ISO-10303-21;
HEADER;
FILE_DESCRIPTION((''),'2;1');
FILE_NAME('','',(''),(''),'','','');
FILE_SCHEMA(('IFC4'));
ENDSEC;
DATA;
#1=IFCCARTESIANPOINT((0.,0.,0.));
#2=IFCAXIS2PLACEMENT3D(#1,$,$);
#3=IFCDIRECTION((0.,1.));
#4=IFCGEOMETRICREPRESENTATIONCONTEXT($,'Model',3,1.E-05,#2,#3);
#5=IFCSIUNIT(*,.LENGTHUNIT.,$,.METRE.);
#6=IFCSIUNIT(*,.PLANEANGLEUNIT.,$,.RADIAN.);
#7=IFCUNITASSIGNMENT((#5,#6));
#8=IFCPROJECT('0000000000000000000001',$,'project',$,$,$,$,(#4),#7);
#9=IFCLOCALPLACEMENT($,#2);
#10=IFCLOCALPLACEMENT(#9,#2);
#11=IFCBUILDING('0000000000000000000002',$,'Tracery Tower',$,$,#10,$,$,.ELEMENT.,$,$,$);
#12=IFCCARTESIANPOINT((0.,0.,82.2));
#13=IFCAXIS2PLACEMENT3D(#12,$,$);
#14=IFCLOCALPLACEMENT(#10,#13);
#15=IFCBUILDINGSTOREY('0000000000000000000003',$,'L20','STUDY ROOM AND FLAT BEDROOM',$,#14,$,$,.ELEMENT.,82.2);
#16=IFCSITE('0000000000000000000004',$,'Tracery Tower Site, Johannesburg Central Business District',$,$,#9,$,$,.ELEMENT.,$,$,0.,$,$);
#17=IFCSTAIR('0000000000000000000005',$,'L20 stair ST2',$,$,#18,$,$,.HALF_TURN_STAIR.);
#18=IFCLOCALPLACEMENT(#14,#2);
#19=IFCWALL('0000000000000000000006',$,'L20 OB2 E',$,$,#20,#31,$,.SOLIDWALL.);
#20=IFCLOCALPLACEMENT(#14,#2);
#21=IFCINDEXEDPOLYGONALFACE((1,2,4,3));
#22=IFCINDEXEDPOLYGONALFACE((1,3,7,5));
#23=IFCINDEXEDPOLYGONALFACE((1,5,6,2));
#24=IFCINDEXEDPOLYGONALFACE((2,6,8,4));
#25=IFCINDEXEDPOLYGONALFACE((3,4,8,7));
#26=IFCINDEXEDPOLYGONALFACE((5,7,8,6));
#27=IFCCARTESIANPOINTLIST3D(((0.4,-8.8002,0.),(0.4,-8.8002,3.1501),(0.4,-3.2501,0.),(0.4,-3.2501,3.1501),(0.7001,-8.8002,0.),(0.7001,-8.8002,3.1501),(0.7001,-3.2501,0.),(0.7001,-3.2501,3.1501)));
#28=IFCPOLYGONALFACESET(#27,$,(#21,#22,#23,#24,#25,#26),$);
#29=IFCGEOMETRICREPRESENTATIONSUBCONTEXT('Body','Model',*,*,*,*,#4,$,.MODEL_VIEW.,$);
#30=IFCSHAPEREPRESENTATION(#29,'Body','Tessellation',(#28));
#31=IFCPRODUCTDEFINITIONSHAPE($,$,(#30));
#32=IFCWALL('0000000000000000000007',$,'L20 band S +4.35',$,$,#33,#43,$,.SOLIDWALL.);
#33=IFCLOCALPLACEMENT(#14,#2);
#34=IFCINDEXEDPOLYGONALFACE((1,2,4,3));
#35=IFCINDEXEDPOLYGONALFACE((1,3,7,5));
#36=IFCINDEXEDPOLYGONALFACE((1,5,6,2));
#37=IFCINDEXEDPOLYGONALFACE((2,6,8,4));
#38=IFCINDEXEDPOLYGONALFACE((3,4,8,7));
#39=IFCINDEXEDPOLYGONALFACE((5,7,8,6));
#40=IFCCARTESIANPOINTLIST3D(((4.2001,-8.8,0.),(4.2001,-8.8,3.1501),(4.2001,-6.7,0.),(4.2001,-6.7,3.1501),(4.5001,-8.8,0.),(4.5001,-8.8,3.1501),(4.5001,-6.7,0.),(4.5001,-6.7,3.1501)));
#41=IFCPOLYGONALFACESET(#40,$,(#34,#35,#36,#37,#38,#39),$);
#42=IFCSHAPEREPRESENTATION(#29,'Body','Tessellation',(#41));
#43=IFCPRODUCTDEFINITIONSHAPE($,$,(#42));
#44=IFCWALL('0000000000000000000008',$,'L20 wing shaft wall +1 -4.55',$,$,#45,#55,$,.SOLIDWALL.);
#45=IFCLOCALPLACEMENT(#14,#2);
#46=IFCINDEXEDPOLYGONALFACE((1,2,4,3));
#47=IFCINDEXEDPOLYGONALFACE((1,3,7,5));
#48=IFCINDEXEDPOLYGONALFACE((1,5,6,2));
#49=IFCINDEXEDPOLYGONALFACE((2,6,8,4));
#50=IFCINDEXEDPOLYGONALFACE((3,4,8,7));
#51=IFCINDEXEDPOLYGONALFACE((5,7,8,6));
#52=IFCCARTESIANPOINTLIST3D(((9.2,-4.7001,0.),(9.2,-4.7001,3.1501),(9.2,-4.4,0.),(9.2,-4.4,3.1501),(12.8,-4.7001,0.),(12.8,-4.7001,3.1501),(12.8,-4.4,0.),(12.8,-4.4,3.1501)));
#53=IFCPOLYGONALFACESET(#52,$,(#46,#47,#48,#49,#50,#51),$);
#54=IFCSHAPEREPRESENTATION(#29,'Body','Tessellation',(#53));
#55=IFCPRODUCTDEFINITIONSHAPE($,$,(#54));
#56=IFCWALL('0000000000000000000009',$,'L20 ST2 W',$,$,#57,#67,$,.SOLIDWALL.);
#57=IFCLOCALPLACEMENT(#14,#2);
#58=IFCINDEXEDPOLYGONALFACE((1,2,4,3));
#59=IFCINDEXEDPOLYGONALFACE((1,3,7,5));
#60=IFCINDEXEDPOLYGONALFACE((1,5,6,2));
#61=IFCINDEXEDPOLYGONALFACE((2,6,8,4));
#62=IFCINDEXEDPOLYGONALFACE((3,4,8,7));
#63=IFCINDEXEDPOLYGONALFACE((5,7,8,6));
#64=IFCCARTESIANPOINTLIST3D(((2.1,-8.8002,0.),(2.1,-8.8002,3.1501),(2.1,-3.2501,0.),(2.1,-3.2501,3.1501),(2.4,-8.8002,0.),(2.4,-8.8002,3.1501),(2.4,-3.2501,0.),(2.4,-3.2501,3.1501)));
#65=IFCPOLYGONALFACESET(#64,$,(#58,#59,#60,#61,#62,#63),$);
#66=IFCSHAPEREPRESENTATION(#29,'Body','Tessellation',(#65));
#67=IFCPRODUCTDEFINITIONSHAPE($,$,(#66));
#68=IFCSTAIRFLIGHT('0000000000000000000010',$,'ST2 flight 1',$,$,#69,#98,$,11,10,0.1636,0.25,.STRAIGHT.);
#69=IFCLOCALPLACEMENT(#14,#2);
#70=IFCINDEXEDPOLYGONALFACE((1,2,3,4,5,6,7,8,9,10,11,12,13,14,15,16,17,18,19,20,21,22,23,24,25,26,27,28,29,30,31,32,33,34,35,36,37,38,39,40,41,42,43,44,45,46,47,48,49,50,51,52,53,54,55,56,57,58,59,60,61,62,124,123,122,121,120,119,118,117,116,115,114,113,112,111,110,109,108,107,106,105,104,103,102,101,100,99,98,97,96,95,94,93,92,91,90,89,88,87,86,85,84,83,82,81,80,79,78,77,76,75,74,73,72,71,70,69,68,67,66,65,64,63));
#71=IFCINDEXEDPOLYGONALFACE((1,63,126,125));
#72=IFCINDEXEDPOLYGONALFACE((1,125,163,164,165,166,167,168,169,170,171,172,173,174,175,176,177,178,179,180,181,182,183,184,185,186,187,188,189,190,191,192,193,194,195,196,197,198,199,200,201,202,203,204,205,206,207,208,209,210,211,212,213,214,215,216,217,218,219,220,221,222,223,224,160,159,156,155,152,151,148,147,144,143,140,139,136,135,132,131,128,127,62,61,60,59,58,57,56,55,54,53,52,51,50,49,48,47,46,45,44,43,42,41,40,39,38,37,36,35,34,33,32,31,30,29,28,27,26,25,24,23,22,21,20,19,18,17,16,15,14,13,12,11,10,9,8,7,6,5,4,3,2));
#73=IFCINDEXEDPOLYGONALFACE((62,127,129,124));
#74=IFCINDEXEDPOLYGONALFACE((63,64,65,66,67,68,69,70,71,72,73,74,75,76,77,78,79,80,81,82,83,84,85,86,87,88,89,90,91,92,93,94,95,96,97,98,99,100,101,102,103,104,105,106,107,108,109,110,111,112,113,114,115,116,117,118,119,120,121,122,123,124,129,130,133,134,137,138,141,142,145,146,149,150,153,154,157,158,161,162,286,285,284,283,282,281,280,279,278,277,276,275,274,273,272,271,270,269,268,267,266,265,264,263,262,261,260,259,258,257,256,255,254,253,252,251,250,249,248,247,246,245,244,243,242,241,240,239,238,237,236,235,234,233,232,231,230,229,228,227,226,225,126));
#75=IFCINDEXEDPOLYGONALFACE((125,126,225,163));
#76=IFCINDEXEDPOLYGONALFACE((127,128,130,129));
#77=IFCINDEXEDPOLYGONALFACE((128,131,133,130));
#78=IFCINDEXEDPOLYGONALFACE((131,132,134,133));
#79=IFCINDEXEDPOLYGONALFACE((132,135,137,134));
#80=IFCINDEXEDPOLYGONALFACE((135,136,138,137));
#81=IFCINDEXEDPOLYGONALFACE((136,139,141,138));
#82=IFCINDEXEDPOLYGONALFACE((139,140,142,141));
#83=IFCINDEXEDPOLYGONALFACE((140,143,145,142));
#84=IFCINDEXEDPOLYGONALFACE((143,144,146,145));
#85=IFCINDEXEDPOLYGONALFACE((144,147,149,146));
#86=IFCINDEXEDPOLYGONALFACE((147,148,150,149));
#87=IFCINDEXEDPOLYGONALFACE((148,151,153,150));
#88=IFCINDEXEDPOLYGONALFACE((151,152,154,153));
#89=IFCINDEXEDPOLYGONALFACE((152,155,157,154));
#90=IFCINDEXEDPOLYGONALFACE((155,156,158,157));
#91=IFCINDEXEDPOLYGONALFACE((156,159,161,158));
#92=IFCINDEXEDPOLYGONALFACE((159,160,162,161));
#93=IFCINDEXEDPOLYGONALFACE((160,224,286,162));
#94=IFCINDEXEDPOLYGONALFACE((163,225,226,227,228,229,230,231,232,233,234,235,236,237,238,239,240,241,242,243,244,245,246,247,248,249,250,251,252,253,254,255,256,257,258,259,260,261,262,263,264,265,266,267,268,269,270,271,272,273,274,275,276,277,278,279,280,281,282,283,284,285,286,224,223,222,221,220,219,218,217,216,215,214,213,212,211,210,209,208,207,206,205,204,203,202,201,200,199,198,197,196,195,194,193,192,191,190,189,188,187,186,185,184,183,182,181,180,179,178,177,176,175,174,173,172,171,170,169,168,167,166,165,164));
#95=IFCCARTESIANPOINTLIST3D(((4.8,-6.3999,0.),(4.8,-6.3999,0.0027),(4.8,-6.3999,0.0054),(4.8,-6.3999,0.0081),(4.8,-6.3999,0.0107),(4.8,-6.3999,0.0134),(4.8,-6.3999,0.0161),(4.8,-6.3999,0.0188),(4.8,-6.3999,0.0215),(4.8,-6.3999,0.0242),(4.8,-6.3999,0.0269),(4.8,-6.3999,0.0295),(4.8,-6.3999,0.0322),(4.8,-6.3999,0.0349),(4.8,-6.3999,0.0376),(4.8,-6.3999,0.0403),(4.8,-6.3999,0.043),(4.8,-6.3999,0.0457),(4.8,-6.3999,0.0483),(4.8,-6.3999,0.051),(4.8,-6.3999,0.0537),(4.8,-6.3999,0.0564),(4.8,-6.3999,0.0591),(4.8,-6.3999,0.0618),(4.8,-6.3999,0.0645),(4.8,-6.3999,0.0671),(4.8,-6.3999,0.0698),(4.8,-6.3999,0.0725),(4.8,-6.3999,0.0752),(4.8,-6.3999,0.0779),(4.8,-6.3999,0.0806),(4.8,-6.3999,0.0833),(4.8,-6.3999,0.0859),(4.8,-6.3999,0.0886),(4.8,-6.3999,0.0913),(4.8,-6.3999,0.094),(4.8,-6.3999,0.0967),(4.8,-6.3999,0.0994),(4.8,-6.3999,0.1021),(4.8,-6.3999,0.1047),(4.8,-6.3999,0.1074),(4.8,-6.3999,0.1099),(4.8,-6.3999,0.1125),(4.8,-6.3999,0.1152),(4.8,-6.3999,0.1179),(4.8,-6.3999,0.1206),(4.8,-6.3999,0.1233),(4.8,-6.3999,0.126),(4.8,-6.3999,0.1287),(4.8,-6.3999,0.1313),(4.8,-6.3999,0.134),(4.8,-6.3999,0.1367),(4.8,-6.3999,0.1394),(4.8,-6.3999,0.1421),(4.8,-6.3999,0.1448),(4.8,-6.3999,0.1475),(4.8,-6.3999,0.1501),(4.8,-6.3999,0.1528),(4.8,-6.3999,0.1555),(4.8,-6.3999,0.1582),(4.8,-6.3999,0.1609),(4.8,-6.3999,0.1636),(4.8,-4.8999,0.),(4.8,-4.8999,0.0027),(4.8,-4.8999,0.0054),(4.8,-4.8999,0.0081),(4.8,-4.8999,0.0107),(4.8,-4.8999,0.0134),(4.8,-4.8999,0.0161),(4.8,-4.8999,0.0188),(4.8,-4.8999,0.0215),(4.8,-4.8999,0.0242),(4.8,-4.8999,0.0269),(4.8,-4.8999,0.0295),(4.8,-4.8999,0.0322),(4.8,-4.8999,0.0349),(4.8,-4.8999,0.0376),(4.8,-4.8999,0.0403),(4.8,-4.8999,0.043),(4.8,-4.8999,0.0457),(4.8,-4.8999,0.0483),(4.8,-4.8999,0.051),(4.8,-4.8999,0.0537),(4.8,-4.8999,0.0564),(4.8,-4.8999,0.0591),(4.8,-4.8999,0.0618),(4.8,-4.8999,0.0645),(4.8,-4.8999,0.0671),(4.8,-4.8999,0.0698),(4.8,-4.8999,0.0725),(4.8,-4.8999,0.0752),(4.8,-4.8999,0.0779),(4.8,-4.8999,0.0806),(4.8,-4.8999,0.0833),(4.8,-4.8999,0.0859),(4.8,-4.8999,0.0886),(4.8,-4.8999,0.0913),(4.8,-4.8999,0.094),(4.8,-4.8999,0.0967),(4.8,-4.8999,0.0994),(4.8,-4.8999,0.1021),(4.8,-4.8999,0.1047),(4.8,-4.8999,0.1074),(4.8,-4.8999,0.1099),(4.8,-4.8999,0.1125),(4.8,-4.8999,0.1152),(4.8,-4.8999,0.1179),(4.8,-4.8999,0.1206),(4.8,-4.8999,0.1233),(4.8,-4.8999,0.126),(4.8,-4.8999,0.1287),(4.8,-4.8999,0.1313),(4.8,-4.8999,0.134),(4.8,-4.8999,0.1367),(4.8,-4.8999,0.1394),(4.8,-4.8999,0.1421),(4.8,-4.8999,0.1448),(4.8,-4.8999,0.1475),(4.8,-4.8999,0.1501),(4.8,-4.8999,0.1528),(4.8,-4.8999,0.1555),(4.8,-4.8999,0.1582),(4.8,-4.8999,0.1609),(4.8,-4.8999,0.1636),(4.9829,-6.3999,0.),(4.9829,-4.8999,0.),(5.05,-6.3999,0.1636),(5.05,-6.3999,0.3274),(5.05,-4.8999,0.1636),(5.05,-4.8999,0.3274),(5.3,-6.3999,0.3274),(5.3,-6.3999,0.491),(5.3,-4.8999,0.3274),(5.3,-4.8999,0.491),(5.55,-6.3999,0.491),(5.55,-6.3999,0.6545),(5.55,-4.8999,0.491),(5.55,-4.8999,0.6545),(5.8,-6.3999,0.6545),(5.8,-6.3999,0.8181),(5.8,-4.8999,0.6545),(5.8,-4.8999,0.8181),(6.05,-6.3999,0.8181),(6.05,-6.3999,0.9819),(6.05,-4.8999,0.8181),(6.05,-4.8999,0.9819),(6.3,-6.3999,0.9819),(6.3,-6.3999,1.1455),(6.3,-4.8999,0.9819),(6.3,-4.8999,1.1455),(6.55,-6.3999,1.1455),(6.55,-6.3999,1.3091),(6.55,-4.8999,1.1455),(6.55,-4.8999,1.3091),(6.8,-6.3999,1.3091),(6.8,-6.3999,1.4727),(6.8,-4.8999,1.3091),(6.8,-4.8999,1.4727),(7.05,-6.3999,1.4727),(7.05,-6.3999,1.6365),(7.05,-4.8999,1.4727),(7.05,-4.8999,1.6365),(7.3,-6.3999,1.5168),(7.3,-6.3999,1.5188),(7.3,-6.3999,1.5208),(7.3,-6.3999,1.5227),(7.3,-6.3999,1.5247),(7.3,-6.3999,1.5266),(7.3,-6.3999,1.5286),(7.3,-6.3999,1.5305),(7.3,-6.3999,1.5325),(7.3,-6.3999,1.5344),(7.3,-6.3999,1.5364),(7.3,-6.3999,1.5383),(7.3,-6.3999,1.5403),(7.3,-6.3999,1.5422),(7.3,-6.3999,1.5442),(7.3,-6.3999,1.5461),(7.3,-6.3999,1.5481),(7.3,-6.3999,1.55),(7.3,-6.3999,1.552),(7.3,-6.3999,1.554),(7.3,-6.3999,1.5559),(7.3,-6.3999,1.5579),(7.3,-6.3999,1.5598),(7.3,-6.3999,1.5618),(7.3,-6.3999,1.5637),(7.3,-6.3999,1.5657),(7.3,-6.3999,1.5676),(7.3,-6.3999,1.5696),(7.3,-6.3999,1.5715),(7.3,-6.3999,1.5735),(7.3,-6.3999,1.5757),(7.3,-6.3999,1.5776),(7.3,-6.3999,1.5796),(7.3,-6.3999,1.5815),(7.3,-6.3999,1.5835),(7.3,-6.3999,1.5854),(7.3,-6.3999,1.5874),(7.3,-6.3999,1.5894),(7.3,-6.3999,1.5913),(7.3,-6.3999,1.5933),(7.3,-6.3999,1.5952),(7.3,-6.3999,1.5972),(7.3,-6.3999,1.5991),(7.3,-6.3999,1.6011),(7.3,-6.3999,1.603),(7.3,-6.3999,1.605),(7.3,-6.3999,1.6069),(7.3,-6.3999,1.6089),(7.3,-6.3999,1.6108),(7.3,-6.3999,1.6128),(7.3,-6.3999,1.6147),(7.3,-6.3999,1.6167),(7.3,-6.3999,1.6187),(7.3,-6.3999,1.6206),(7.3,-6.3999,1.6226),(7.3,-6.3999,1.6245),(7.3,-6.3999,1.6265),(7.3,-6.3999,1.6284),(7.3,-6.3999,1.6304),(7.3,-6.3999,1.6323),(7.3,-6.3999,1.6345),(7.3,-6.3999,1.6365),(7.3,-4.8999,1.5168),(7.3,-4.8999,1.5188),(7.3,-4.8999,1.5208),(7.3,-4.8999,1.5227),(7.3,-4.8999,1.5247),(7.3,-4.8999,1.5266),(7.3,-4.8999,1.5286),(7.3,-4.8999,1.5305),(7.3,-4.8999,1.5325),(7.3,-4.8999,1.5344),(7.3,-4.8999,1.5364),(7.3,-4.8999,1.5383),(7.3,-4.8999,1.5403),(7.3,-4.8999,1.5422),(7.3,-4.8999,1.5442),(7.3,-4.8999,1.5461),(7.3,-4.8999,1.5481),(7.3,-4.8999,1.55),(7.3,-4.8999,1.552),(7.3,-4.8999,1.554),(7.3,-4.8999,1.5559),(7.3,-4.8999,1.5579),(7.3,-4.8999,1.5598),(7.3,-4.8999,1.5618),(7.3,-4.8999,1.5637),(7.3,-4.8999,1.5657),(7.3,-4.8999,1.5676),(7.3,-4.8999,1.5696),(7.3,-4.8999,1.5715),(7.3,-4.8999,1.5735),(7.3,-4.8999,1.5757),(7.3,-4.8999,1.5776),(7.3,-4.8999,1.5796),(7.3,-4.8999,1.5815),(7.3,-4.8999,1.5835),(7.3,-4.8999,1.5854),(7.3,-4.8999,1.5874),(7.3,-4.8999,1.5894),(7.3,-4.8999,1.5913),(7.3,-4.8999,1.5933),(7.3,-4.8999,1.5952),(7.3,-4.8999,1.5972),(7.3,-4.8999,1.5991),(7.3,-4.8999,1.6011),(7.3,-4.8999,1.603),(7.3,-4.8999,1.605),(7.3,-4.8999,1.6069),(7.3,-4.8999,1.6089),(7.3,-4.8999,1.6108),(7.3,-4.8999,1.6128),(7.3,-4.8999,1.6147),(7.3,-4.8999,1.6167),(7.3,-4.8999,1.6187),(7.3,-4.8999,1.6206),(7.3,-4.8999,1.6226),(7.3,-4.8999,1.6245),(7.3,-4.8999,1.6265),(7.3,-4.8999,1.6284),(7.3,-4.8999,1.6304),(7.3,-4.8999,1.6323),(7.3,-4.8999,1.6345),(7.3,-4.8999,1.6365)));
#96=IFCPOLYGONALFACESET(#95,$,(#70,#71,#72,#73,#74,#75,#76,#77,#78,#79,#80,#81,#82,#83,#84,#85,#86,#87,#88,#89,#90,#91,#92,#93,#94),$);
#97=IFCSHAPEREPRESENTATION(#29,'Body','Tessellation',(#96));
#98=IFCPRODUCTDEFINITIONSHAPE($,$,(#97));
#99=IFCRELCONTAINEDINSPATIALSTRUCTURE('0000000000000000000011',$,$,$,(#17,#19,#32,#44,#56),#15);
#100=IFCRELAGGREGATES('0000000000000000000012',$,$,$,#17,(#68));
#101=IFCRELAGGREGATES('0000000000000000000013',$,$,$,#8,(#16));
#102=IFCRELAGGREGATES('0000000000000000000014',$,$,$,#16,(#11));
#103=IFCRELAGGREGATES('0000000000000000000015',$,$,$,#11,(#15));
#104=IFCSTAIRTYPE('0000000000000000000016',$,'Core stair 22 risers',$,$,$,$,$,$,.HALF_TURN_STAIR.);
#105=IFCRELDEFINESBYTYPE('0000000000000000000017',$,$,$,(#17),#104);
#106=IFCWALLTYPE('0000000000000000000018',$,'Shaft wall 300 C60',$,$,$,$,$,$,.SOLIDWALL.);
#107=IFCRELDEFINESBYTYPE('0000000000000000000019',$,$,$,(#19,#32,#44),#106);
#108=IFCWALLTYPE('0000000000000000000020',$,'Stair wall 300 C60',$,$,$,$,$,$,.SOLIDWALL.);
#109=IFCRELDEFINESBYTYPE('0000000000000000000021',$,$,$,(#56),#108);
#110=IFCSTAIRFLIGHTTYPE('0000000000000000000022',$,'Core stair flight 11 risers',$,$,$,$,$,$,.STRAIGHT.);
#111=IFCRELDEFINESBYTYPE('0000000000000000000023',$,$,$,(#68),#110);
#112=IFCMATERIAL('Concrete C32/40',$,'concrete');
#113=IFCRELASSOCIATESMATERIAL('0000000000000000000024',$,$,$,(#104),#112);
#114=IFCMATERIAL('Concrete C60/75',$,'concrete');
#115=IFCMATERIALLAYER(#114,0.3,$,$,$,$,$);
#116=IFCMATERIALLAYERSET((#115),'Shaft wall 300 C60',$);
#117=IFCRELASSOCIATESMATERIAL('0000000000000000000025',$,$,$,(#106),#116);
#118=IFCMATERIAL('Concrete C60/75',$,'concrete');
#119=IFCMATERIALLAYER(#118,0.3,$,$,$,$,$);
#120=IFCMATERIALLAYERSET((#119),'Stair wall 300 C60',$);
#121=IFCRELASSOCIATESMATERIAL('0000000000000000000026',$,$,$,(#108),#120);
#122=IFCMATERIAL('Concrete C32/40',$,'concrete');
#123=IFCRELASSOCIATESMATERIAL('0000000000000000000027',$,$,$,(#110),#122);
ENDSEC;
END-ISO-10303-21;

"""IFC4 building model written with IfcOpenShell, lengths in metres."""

from ifc_helpers import new_model, si_unit, direction, frame, frame_2d, origin, place, context, subcontext, project, spatial, polyline, rectangle, outline, extrude, material, layer, layer_set, type_object, element, aggregate, save


model = new_model("IFC4")

# Units and contexts
model_context = context("Model", 3, precision=1e-05, world=origin(), true_north=direction((0.0, 1.0)))
body_context = subcontext(model_context, "Body", "Model", "MODEL_VIEW")
ifc_project = project(units=[si_unit("LENGTHUNIT", "METRE"), si_unit("PLANEANGLEUNIT", "RADIAN")], contexts=[model_context])

# Site, building, storey
site_placement = place(None, origin())
site = spatial("IfcSite", under=ifc_project, at=site_placement, Name="Tracery Tower Site, Johannesburg Central Business District", CompositionType="ELEMENT", RefElevation=0.0)
building_placement = place(site_placement, origin())
building = spatial("IfcBuilding", under=site, at=building_placement, Name="Tracery Tower", CompositionType="ELEMENT")
storey_placement = place(building_placement, frame((0.0, 0.0, 82.2)))
storey = spatial("IfcBuildingStorey", under=building, at=storey_placement, Name="L20", Description="STUDY ROOM AND FLAT BEDROOM", CompositionType="ELEMENT", Elevation=82.2)

# Stair
ifc_material_1 = material(Name="Concrete C32/40", Category="concrete")
stair_type = type_object("IfcStairType", Name="Core stair 22 risers", PredefinedType="HALF_TURN_STAIR", material=ifc_material_1)
stair_1_placement = place(storey_placement, origin())
stair_1 = element("IfcStair", 1, at=stair_1_placement, inside=storey, type_object=stair_type, Name="L20 stair ST2", PredefinedType="HALF_TURN_STAIR")

# Walls
ifc_material_2 = material(Name="Concrete C60/75", Category="concrete")
ifc_layer_1 = layer(ifc_material_2, 0.3)
ifc_layer_set_1 = layer_set([ifc_layer_1], Name="Shaft wall 300 C60")
wall_type_1 = type_object("IfcWallType", Name="Shaft wall 300 C60", PredefinedType="SOLIDWALL", material=ifc_layer_set_1)
wall_1_placement = place(storey_placement, frame((0.55, -8.8, 0.0), z_axis=(0.0, 0.0, 1.0), x_axis=(0.0, 1.0, 0.0)))
element("IfcWall", 2, at=wall_1_placement, inside=storey, type_object=wall_type_1, Name="L20 OB2 E", PredefinedType="SOLIDWALL", context=body_context, shape_type="SweptSolid", body=[
    extrude(rectangle(XDim=5.55, YDim=0.3, at=frame_2d((2.7749, 0.0))), origin(), (0.0, 0.0, 1.0), 3.1501),
])
wall_2_placement = place(storey_placement, frame((4.3501, -8.8, 0.0), z_axis=(0.0, 0.0, 1.0), x_axis=(0.0, 1.0, 0.0)))
element("IfcWall", 3, at=wall_2_placement, inside=storey, type_object=wall_type_1, Name="L20 band S +4.35", PredefinedType="SOLIDWALL", context=body_context, shape_type="SweptSolid", body=[
    extrude(rectangle(XDim=2.1001, YDim=0.3, at=frame_2d((1.05, 0.0))), origin(), (0.0, 0.0, 1.0), 3.1501),
])
wall_3_placement = place(storey_placement, frame((9.2, -4.55, 0.0), z_axis=(0.0, 0.0, 1.0), x_axis=(1.0, 0.0, 0.0)))
element("IfcWall", 4, at=wall_3_placement, inside=storey, type_object=wall_type_1, Name="L20 wing shaft wall +1 -4.55", PredefinedType="SOLIDWALL", context=body_context, shape_type="SweptSolid", body=[
    extrude(rectangle(XDim=3.6001, YDim=0.3, at=frame_2d((1.8, 0.0))), origin(), (0.0, 0.0, 1.0), 3.1501),
])

# Shared definitions
ifc_material_3 = material(Name="Concrete C60/75", Category="concrete")
ifc_layer_2 = layer(ifc_material_3, 0.3)
ifc_layer_set_2 = layer_set([ifc_layer_2], Name="Stair wall 300 C60")
wall_type_2 = type_object("IfcWallType", Name="Stair wall 300 C60", PredefinedType="SOLIDWALL", material=ifc_layer_set_2)

# Wall
wall_4_placement = place(storey_placement, frame((2.25, -8.8, 0.0), z_axis=(0.0, 0.0, 1.0), x_axis=(0.0, 1.0, 0.0)))
element("IfcWall", 5, at=wall_4_placement, inside=storey, type_object=wall_type_2, Name="L20 ST2 W", PredefinedType="SOLIDWALL", context=body_context, shape_type="SweptSolid", body=[
    extrude(rectangle(XDim=5.55, YDim=0.3, at=frame_2d((2.7749, 0.0))), origin(), (0.0, 0.0, 1.0), 3.1501),
])

# Stair flight
ifc_material_4 = material(Name="Concrete C32/40", Category="concrete")
stair_flight_type = type_object("IfcStairFlightType", Name="Core stair flight 11 risers", PredefinedType="STRAIGHT", material=ifc_material_4)
stair_flight_1_placement = place(storey_placement, frame((4.8, -5.6499, 0.0), z_axis=(0.0, 0.0, 1.0), x_axis=(1.0, 0.0, 0.0)))
stair_flight_1 = element("IfcStairFlight", 6, at=stair_flight_1_placement, type_object=stair_flight_type, Name="ST2 flight 1", NumberOfRisers=11, NumberOfTreads=10, PredefinedType="STRAIGHT", RiserHeight=0.1636, TreadLength=0.25, context=body_context, shape_type="SweptSolid", body=[
    extrude(outline(polyline([(0.0, 0.0), (0.0, 0.0027), (0.0, 0.0054), (0.0, 0.0081), (0.0, 0.0107), (0.0, 0.0134), (0.0, 0.0161), (0.0, 0.0188), (0.0, 0.0215), (0.0, 0.0242), (0.0, 0.0269), (0.0, 0.0295), (0.0, 0.0322), (0.0, 0.0349), (0.0, 0.0376), (0.0, 0.0403), (0.0, 0.043), (0.0, 0.0457), (0.0, 0.0483), (0.0, 0.051), (0.0, 0.0537), (0.0, 0.0564), (0.0, 0.0591), (0.0, 0.0618), (0.0, 0.0645), (0.0, 0.0671), (0.0, 0.0698), (0.0, 0.0725), (0.0, 0.0752), (0.0, 0.0779), (0.0, 0.0806), (0.0, 0.0833), (0.0, 0.0859), (0.0, 0.0886), (0.0, 0.0913), (0.0, 0.094), (0.0, 0.0967), (0.0, 0.0994), (0.0, 0.1021), (0.0, 0.1047), (0.0, 0.1074), (0.0, 0.1099), (0.0, 0.1125), (0.0, 0.1152), (0.0, 0.1179), (0.0, 0.1206), (0.0, 0.1233), (0.0, 0.126), (0.0, 0.1287), (0.0, 0.1313), (0.0, 0.134), (0.0, 0.1367), (0.0, 0.1394), (0.0, 0.1421), (0.0, 0.1448), (0.0, 0.1475), (0.0, 0.1501), (0.0, 0.1528), (0.0, 0.1555), (0.0, 0.1582), (0.0, 0.1609), (0.0, 0.1636), (0.25, 0.1636), (0.25, 0.3274), (0.5, 0.3274), (0.5, 0.491), (0.75, 0.491), (0.75, 0.6545), (1.0, 0.6545), (1.0, 0.8181), (1.25, 0.8181), (1.25, 0.9819), (1.5, 0.9819), (1.5, 1.1455), (1.75, 1.1455), (1.75, 1.3091), (2.0, 1.3091), (2.0, 1.4727), (2.25, 1.4727), (2.25, 1.6365), (2.5, 1.6365), (2.5, 1.6345), (2.5, 1.6323), (2.5, 1.6304), (2.5, 1.6284), (2.5, 1.6265), (2.5, 1.6245), (2.5, 1.6226), (2.5, 1.6206), (2.5, 1.6187), (2.5, 1.6167), (2.5, 1.6147), (2.5, 1.6128), (2.5, 1.6108), (2.5, 1.6089), (2.5, 1.6069), (2.5, 1.605), (2.5, 1.603), (2.5, 1.6011), (2.5, 1.5991), (2.5, 1.5972), (2.5, 1.5952), (2.5, 1.5933), (2.5, 1.5913), (2.5, 1.5894), (2.5, 1.5874), (2.5, 1.5854), (2.5, 1.5835), (2.5, 1.5815), (2.5, 1.5796), (2.5, 1.5776), (2.5, 1.5757), (2.5, 1.5735), (2.5, 1.5715), (2.5, 1.5696), (2.5, 1.5676), (2.5, 1.5657), (2.5, 1.5637), (2.5, 1.5618), (2.5, 1.5598), (2.5, 1.5579), (2.5, 1.5559), (2.5, 1.554), (2.5, 1.552), (2.5, 1.55), (2.5, 1.5481), (2.5, 1.5461), (2.5, 1.5442), (2.5, 1.5422), (2.5, 1.5403), (2.5, 1.5383), (2.5, 1.5364), (2.5, 1.5344), (2.5, 1.5325), (2.5, 1.5305), (2.5, 1.5286), (2.5, 1.5266), (2.5, 1.5247), (2.5, 1.5227), (2.5, 1.5208), (2.5, 1.5188), (2.5, 1.5168), (0.1829, 0.0), (0.0, 0.0)])), frame((0.0, 0.75, 0.0), z_axis=(0.0, -1.0, 0.0), x_axis=(1.0, 0.0, 0.0)), (0.0, 0.0, 1.0), 1.5),
])
aggregate(stair_1, [stair_flight_1])

save(model, "model.ifc")
